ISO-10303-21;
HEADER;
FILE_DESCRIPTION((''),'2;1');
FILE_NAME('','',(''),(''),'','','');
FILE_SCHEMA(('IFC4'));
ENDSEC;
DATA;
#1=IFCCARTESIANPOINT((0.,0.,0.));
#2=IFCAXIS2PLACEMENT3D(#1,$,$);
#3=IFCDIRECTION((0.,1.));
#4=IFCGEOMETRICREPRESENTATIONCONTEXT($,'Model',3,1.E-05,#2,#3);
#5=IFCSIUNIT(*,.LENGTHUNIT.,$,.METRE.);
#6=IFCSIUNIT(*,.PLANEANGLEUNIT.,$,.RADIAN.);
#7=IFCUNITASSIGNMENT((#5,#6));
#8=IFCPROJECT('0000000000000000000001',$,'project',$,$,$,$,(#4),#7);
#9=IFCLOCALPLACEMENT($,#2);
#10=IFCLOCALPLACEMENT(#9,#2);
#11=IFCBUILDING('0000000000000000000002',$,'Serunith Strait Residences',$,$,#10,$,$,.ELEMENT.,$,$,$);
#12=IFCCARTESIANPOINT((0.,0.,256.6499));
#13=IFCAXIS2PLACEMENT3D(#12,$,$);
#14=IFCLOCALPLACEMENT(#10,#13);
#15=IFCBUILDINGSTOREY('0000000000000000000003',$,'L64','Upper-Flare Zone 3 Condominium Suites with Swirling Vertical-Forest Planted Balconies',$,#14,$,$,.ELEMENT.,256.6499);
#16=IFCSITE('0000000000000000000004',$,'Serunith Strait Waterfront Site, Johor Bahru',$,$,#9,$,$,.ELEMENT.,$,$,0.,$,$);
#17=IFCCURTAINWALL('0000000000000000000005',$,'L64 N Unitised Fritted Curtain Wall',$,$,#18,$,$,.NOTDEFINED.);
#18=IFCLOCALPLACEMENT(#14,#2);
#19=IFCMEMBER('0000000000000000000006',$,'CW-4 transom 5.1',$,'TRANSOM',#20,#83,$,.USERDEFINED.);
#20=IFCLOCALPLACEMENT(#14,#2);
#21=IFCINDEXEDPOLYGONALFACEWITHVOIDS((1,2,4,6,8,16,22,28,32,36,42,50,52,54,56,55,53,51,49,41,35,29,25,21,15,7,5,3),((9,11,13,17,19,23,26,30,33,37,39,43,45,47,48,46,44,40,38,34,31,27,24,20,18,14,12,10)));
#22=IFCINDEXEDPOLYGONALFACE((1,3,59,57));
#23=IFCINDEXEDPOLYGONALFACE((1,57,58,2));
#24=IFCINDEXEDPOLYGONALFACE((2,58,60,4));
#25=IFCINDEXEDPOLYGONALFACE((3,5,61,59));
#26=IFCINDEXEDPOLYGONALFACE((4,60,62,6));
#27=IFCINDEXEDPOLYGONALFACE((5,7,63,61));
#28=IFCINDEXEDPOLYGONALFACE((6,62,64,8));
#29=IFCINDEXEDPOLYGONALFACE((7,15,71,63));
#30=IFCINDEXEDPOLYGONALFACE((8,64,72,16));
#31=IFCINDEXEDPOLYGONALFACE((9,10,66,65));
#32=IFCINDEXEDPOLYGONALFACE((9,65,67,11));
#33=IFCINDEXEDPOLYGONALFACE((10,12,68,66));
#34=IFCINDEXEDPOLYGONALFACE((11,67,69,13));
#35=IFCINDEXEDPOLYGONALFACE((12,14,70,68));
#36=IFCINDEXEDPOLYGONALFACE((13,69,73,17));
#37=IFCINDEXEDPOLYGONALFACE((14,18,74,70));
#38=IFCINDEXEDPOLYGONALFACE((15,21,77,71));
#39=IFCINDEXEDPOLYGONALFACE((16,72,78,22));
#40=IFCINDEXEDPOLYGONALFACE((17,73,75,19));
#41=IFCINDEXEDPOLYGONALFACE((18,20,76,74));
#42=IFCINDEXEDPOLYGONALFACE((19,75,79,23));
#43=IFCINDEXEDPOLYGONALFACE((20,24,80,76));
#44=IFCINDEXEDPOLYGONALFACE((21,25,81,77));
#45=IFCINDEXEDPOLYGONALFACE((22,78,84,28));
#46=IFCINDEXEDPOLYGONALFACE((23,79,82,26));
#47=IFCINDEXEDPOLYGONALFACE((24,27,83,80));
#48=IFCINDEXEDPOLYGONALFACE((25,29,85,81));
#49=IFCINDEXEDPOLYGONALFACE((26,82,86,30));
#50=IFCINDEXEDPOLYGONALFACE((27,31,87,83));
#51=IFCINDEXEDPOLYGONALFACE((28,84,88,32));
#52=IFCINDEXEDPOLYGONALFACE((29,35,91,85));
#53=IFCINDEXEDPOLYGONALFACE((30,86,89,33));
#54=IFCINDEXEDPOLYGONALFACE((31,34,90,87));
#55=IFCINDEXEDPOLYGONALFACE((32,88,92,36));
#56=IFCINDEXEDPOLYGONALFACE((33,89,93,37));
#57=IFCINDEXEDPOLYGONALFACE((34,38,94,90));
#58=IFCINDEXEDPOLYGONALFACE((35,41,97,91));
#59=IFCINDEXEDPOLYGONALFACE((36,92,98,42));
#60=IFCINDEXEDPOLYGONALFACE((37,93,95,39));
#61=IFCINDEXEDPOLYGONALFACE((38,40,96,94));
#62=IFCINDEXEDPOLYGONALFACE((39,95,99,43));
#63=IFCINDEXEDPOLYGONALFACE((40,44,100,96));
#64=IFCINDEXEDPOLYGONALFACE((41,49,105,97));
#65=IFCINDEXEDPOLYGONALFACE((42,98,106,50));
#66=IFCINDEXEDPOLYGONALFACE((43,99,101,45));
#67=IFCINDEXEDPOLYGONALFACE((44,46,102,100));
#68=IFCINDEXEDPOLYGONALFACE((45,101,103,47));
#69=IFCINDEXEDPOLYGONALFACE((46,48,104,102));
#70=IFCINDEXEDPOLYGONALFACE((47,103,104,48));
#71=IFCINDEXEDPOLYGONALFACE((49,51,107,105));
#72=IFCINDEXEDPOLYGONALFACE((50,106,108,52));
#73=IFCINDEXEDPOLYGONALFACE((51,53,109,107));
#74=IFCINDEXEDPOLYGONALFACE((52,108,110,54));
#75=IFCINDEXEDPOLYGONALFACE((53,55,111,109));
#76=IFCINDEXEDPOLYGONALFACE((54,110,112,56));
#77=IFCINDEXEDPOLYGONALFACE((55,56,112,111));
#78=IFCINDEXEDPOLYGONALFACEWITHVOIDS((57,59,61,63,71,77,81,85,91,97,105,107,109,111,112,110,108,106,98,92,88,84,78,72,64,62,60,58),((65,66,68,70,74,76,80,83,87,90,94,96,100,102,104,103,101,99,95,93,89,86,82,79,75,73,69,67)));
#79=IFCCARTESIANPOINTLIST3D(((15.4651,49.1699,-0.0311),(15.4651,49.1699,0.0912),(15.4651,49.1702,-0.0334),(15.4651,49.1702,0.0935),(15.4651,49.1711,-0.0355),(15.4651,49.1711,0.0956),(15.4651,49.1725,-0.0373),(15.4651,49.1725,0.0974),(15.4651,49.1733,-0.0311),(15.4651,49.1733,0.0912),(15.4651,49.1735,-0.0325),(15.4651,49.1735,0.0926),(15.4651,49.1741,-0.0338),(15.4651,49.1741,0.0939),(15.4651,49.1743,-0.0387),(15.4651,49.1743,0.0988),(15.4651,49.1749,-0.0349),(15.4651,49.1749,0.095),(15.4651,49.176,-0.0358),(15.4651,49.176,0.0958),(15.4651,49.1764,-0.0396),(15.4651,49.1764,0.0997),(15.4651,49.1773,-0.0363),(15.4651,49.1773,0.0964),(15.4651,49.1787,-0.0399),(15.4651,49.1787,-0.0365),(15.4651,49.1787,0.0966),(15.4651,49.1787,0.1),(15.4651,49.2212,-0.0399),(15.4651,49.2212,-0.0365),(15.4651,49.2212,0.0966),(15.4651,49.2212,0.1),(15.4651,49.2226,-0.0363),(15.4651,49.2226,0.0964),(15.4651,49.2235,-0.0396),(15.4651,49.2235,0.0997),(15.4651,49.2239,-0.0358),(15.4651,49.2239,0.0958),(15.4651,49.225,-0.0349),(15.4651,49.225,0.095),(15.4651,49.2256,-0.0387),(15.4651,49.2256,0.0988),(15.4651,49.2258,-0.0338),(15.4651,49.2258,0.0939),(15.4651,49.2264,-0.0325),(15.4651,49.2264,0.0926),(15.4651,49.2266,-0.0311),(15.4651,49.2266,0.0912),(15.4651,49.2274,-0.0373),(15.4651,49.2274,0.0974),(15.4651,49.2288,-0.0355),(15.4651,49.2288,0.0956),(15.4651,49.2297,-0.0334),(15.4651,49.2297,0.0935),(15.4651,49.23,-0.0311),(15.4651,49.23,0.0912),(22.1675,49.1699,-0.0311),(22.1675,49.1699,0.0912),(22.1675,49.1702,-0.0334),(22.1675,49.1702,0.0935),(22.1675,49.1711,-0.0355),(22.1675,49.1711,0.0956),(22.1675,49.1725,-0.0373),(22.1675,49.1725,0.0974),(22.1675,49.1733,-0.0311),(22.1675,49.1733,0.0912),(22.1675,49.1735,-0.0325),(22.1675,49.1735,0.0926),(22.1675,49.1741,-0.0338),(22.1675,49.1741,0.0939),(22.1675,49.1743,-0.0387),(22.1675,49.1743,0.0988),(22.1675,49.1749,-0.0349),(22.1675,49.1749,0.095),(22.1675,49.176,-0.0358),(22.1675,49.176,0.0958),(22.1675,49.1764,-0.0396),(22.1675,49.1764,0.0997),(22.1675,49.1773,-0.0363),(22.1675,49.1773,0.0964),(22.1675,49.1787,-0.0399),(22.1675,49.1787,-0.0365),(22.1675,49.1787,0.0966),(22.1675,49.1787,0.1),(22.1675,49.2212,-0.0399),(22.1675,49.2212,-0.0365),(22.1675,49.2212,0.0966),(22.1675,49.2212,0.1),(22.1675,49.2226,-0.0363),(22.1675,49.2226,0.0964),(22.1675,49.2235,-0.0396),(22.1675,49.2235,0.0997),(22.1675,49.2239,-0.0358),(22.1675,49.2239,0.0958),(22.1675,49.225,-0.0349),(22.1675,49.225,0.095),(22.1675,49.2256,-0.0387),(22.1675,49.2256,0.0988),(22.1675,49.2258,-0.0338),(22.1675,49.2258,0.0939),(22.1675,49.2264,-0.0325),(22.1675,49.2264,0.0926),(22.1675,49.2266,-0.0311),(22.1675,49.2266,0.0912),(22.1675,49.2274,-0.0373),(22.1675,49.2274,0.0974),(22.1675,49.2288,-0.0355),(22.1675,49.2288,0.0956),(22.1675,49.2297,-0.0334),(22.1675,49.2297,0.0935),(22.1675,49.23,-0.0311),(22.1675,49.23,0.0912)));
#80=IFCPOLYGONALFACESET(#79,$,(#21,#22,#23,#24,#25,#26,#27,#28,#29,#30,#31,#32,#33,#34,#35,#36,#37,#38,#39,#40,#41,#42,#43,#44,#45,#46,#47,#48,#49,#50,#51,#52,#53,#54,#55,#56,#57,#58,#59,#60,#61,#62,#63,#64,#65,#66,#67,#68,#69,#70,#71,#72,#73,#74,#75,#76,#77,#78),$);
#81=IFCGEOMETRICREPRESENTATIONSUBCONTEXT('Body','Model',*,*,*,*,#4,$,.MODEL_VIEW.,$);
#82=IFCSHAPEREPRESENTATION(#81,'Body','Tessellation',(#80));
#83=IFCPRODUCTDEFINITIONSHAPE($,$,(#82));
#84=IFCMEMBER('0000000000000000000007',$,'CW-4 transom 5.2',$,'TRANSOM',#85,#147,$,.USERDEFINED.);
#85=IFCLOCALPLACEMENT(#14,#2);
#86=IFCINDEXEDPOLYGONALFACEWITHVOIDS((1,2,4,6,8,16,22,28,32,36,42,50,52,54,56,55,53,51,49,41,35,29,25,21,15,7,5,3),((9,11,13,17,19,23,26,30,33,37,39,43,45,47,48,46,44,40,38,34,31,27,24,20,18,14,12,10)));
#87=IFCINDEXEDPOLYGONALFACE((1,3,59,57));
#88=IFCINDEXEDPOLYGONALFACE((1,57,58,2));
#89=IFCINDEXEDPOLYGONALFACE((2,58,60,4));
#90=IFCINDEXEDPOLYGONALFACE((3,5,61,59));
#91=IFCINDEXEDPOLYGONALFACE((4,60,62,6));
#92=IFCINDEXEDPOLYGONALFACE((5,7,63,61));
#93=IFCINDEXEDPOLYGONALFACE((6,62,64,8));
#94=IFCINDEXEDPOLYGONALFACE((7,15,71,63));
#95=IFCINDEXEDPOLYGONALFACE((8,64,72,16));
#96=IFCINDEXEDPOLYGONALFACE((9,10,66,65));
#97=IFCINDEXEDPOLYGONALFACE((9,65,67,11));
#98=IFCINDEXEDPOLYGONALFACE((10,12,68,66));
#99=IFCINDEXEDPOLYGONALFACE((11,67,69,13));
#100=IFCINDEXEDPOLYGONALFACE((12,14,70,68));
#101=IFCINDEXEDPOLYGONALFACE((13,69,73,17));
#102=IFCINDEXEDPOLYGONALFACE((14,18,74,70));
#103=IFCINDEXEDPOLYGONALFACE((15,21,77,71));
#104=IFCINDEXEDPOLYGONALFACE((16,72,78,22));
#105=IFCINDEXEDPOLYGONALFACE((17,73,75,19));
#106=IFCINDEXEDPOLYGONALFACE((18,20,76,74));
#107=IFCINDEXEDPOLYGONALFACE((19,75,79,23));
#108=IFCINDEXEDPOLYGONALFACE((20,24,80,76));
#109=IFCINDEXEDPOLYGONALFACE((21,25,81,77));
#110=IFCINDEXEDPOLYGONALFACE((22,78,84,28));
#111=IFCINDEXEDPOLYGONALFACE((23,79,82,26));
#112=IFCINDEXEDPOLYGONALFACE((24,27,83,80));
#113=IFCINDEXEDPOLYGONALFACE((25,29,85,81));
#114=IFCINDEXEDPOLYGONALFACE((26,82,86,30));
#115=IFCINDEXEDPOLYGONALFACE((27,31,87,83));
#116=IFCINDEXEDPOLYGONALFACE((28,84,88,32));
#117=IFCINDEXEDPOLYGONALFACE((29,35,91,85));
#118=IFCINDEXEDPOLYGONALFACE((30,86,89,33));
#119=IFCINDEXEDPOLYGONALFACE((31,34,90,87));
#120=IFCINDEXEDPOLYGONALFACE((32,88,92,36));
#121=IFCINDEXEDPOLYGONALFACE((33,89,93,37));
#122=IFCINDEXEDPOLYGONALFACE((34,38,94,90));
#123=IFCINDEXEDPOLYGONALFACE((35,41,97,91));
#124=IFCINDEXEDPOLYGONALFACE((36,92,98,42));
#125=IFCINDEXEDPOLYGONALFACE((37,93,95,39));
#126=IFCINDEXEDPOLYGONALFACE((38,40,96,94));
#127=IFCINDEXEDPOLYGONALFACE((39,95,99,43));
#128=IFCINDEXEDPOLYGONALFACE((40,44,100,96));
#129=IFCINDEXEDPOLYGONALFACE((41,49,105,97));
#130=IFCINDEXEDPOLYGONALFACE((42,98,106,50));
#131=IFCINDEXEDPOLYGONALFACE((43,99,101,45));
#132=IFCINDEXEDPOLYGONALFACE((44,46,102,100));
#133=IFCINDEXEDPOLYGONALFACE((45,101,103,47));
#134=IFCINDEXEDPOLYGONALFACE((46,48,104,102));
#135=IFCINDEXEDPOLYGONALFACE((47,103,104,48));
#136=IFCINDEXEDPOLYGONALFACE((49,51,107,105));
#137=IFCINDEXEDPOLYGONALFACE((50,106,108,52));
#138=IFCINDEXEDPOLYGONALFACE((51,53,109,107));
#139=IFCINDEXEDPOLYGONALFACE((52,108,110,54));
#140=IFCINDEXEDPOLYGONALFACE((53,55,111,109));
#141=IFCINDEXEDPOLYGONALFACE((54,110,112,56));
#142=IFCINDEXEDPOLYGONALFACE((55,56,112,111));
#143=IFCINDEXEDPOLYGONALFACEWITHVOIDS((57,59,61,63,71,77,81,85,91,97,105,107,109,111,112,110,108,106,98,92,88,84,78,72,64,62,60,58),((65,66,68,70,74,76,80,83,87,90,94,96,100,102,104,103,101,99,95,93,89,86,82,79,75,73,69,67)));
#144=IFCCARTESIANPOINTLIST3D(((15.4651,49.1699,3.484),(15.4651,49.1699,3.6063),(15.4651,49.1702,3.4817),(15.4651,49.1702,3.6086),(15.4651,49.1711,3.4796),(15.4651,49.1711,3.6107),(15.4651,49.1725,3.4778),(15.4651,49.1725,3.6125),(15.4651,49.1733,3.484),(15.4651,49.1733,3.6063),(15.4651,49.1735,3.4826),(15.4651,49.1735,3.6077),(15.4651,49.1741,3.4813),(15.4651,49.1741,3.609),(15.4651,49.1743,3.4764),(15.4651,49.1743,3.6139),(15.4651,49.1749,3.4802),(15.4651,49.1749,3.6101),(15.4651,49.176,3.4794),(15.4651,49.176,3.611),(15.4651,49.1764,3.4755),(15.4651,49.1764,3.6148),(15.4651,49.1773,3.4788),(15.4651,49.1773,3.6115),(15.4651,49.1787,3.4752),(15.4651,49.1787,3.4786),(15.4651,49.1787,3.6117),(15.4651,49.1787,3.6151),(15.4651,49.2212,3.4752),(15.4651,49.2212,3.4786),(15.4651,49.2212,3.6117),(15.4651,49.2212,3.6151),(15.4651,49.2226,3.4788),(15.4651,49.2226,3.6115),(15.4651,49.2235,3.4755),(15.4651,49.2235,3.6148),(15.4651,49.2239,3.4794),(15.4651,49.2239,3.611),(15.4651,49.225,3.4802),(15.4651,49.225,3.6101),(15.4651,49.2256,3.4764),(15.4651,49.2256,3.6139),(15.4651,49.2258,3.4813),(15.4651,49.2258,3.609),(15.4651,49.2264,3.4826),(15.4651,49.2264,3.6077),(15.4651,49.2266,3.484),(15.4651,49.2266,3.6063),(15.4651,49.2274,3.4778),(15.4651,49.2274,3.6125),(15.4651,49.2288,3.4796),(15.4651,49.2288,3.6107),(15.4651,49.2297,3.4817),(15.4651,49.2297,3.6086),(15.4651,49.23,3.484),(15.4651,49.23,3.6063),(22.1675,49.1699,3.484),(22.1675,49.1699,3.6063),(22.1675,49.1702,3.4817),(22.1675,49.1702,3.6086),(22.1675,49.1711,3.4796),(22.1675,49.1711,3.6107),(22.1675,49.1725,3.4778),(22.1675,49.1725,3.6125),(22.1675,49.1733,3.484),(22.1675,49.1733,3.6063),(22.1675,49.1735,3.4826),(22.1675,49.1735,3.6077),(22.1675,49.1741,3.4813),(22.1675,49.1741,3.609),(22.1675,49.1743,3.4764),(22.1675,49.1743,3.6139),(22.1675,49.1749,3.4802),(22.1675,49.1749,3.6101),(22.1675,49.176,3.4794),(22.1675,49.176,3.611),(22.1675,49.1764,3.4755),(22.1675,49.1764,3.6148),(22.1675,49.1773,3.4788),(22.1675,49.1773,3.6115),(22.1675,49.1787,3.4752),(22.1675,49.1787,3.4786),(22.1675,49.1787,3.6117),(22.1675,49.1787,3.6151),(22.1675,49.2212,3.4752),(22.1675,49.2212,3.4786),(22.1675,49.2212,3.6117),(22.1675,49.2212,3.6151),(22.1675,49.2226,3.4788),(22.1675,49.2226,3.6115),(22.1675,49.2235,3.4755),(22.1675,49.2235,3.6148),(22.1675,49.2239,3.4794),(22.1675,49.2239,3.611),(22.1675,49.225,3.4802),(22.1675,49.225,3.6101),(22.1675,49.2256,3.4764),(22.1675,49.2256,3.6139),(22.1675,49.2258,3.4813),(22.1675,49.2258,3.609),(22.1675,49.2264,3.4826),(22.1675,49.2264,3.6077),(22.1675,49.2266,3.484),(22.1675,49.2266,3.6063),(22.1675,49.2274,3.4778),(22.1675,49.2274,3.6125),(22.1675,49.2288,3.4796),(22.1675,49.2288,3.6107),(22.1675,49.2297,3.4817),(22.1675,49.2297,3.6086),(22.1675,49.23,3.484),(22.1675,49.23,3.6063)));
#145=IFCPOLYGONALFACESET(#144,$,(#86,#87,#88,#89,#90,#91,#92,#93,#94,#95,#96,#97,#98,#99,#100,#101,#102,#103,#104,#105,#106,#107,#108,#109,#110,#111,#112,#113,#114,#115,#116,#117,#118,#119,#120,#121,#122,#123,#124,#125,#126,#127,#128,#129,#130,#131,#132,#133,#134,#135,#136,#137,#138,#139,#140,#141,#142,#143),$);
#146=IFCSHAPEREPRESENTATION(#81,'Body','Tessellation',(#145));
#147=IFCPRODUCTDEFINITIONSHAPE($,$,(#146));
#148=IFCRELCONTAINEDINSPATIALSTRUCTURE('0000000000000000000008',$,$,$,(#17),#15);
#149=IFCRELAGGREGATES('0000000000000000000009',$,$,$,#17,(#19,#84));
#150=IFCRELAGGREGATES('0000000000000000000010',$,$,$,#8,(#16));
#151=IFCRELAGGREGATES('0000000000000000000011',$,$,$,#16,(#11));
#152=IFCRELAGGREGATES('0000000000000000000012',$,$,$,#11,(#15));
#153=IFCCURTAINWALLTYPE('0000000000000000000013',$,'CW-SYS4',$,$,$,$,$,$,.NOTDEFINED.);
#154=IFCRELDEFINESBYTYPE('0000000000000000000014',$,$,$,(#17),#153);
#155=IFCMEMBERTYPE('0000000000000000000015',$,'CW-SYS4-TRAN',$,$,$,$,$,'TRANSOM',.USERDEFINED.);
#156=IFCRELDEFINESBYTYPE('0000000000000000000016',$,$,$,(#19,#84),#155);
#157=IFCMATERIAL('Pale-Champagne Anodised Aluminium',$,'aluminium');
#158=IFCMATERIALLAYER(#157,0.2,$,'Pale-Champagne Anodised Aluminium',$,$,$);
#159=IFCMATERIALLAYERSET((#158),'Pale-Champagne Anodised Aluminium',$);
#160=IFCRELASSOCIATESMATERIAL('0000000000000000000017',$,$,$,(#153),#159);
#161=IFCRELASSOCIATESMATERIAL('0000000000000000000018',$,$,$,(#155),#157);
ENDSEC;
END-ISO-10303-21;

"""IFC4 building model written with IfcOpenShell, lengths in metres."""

from ifc_helpers import new_model, si_unit, direction, frame, origin, origin_2d, place, context, subcontext, project, spatial, hollow_rectangle, extrude, source, transform, mapped, material, layer, layer_set, material_profile, profile_set, type_object, element, aggregate, save


model = new_model("IFC4")

# Units and contexts
model_context = context("Model", 3, precision=1e-05, world=origin(), true_north=direction((0.0, 1.0)))
body_context = subcontext(model_context, "Body", "Model", "MODEL_VIEW")
ifc_project = project(units=[si_unit("LENGTHUNIT", "METRE"), si_unit("PLANEANGLEUNIT", "RADIAN")], contexts=[model_context])

# Site, building, storey
site_placement = place(None, origin())
site = spatial("IfcSite", under=ifc_project, at=site_placement, Name="Serunith Strait Waterfront Site, Johor Bahru", CompositionType="ELEMENT", RefElevation=0.0)
building_placement = place(site_placement, origin())
building = spatial("IfcBuilding", under=site, at=building_placement, Name="Serunith Strait Residences", CompositionType="ELEMENT")
storey_placement = place(building_placement, frame((0.0, 0.0, 256.6499)))
storey = spatial("IfcBuildingStorey", under=building, at=storey_placement, Name="L64", Description="Upper-Flare Zone 3 Condominium Suites with Swirling Vertical-Forest Planted Balconies", CompositionType="ELEMENT", Elevation=256.6499)

# Curtain wall, members
ifc_material_1 = material(Name="Pale-Champagne Anodised Aluminium", Category="aluminium")
ifc_layer_1 = layer(ifc_material_1, 0.2, Name="Pale-Champagne Anodised Aluminium")
ifc_layer_set_1 = layer_set([ifc_layer_1], Name="Pale-Champagne Anodised Aluminium")
curtain_wall_type = type_object("IfcCurtainWallType", Name="CW-SYS4", PredefinedType="NOTDEFINED", material=ifc_layer_set_1)
curtain_wall_placement = place(storey_placement, origin())
curtain_wall = element("IfcCurtainWall", 1, at=curtain_wall_placement, inside=storey, type_object=curtain_wall_type, Name="L64 N Unitised Fritted Curtain Wall", PredefinedType="NOTDEFINED")
ifc_material_profile_1 = material_profile(ifc_material_1, hollow_rectangle(XDim=0.0601, YDim=0.1399, WallThickness=0.0034, InnerFilletRadius=0.0054, OuterFilletRadius=0.0088, at=origin_2d()), Name="ALU 140x60x3.5")
ifc_profile_set_1 = profile_set([ifc_material_profile_1], Name="Pale-Champagne Anodised Aluminium")
member_type_1 = type_object("IfcMemberType", Name="CW-SYS4-TRAN", ElementType="TRANSOM", PredefinedType="USERDEFINED", material=ifc_profile_set_1)
shared_shape_1 = source(origin(), body_context, "Body", "SweptSolid", [
    extrude(hollow_rectangle(XDim=0.0601, YDim=0.1399, WallThickness=0.0034, InnerFilletRadius=0.0054, OuterFilletRadius=0.0088, at=origin_2d()), origin(), (0.0, 0.0, 1.0), 6.7024),
])
member_1_placement = place(storey_placement, frame((22.1675, 49.2, 0.03), z_axis=(-1.0, 0.0, 0.0), x_axis=(0.0, -1.0, 0.0)))
member_1 = element("IfcMember", 2, at=member_1_placement, type_object=member_type_1, Name="CW-4 transom 5.1", ObjectType="TRANSOM", PredefinedType="USERDEFINED", context=body_context, shape_type="MappedRepresentation", body=[
    mapped(shared_shape_1, transform((0.0, 0.0, 0.0), scale=1.0)),
])
member_2_placement = place(storey_placement, frame((22.1675, 49.2, 3.5452), z_axis=(-1.0, 0.0, 0.0), x_axis=(0.0, -1.0, 0.0)))
member_2 = element("IfcMember", 3, at=member_2_placement, type_object=member_type_1, Name="CW-4 transom 5.2", ObjectType="TRANSOM", PredefinedType="USERDEFINED", context=body_context, shape_type="MappedRepresentation", body=[
    mapped(shared_shape_1, transform((0.0, 0.0, 0.0), scale=1.0)),
])
aggregate(curtain_wall, [member_1, member_2])

save(model, "model.ifc")
